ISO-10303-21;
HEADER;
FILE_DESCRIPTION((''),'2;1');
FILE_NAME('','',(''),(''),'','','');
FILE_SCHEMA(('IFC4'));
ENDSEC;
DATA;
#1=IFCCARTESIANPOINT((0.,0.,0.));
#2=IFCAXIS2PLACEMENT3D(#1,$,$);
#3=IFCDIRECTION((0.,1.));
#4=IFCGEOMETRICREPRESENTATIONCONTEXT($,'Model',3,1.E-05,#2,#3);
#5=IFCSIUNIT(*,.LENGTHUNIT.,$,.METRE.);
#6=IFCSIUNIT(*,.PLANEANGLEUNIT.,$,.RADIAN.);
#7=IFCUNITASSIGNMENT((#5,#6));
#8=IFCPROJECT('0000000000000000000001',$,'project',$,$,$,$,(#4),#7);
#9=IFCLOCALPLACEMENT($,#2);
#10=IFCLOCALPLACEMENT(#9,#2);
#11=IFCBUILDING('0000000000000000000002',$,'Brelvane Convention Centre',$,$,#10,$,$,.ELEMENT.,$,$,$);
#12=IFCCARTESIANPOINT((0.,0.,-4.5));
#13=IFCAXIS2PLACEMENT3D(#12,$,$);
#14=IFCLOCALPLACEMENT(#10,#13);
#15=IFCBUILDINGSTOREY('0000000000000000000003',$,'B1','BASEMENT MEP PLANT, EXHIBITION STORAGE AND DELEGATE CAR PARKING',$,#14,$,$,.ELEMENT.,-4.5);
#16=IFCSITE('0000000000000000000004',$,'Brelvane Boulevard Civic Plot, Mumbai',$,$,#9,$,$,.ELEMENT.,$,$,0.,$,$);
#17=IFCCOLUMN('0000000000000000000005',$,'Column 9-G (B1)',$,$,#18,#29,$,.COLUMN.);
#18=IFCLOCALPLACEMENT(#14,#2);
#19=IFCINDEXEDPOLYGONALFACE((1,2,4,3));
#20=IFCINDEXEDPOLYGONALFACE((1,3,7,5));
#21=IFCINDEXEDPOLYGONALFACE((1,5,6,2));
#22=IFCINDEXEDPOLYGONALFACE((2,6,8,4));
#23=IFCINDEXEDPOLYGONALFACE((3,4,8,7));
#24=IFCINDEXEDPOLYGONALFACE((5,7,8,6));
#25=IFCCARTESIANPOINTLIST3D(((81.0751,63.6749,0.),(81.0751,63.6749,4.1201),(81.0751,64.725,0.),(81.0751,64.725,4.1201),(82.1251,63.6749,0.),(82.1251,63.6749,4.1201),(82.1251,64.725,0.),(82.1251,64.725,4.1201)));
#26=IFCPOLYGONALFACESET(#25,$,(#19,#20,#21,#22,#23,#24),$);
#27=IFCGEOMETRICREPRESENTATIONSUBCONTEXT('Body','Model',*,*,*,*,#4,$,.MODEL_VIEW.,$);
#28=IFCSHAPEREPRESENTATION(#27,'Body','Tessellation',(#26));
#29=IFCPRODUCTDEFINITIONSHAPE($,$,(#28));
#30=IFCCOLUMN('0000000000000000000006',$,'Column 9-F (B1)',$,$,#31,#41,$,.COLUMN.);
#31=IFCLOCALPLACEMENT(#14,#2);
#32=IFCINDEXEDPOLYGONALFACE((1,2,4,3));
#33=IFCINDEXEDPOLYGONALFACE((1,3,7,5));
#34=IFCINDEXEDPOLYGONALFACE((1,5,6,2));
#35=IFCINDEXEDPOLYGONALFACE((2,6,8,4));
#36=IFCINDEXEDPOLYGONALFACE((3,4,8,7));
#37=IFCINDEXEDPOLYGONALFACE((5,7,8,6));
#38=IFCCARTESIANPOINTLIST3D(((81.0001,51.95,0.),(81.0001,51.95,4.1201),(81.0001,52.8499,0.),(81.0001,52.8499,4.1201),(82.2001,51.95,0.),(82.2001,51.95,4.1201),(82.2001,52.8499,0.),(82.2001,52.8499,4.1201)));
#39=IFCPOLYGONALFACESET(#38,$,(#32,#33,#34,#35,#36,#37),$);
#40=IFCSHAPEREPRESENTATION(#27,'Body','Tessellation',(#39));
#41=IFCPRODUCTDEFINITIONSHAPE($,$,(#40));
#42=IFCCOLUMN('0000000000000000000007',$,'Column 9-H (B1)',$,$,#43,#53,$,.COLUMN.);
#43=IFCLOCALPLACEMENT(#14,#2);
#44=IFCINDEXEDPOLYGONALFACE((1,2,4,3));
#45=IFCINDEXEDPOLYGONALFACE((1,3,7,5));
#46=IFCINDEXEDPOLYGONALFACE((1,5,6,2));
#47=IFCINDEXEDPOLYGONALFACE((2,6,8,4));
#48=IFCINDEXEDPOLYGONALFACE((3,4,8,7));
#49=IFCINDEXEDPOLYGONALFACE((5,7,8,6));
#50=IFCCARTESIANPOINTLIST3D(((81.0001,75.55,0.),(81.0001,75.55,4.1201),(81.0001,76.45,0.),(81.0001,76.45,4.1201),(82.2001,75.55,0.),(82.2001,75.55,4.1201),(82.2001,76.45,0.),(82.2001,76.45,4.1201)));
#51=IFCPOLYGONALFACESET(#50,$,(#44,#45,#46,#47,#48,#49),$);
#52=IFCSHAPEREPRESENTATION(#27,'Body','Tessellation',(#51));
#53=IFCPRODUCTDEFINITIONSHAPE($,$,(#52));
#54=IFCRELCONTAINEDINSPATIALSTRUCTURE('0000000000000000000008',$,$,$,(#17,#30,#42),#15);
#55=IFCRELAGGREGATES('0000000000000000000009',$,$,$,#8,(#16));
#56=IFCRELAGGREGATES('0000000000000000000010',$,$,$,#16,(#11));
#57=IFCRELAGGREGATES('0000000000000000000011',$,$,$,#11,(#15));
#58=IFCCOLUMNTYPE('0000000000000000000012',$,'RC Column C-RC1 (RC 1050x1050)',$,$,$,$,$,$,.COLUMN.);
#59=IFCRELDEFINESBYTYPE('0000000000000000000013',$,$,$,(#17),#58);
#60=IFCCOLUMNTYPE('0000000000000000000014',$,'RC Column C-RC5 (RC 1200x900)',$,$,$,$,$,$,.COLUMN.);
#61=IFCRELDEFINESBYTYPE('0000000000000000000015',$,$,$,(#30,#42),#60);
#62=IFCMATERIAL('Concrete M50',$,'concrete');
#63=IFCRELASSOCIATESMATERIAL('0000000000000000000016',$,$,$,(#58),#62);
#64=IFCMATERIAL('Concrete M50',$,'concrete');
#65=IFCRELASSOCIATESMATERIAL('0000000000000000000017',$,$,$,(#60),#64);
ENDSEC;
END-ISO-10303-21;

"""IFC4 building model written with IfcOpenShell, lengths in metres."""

from ifc_helpers import new_model, si_unit, direction, frame, origin, origin_2d, place, context, subcontext, project, spatial, rectangle, extrude, material, material_profile, profile_set, type_object, element, save


model = new_model("IFC4")

# Units and contexts
model_context = context("Model", 3, precision=1e-05, world=origin(), true_north=direction((0.0, 1.0)))
body_context = subcontext(model_context, "Body", "Model", "MODEL_VIEW")
ifc_project = project(units=[si_unit("LENGTHUNIT", "METRE"), si_unit("PLANEANGLEUNIT", "RADIAN")], contexts=[model_context])

# Site, building, storey
site_placement = place(None, origin())
site = spatial("IfcSite", under=ifc_project, at=site_placement, Name="Brelvane Boulevard Civic Plot, Mumbai", CompositionType="ELEMENT", RefElevation=0.0)
building_placement = place(site_placement, origin())
building = spatial("IfcBuilding", under=site, at=building_placement, Name="Brelvane Convention Centre", CompositionType="ELEMENT")
storey_placement = place(building_placement, frame((0.0, 0.0, -4.5)))
storey = spatial("IfcBuildingStorey", under=building, at=storey_placement, Name="B1", Description="BASEMENT MEP PLANT, EXHIBITION STORAGE AND DELEGATE CAR PARKING", CompositionType="ELEMENT", Elevation=-4.5)

# Columns
ifc_material_1 = material(Name="Concrete M50", Category="concrete")
ifc_material_profile_1 = material_profile(ifc_material_1, rectangle(XDim=1.05, YDim=1.05, at=origin_2d()), Name="RC 1050x1050")
ifc_profile_set_1 = profile_set([ifc_material_profile_1], Name="Concrete M50")
column_type_1 = type_object("IfcColumnType", Name="RC Column C-RC1 (RC 1050x1050)", PredefinedType="COLUMN", material=ifc_profile_set_1)
column_placement = place(storey_placement, frame((81.6001, 64.2, 0.0), z_axis=(0.0, 0.0, 1.0), x_axis=(1.0, 0.0, 0.0)))
element("IfcColumn", 1, at=column_placement, inside=storey, type_object=column_type_1, Name="Column 9-G (B1)", PredefinedType="COLUMN", context=body_context, shape_type="SweptSolid", body=[
    extrude(rectangle(XDim=1.05, YDim=1.05, at=origin_2d()), origin(), (0.0, 0.0, 1.0), 4.1201),
])
ifc_material_2 = material(Name="Concrete M50", Category="concrete")
ifc_material_profile_2 = material_profile(ifc_material_2, rectangle(XDim=1.2, YDim=0.8999, at=origin_2d()), Name="RC 1200x900")
ifc_profile_set_2 = profile_set([ifc_material_profile_2], Name="Concrete M50")
column_type_2 = type_object("IfcColumnType", Name="RC Column C-RC5 (RC 1200x900)", PredefinedType="COLUMN", material=ifc_profile_set_2)
for number, where, z_axis, x_axis, name in (
    (2, (81.6001, 52.3999, 0.0), (0.0, 0.0, 1.0), (1.0, 0.0, 0.0), "Column 9-F (B1)"),
    (3, (81.6001, 76.0, 0.0), (0.0, 0.0, 1.0), (1.0, 0.0, 0.0), "Column 9-H (B1)"),
):
    element("IfcColumn", number, at=place(storey_placement, frame(where, z_axis=z_axis, x_axis=x_axis)), inside=storey, type_object=column_type_2, Name=name, PredefinedType="COLUMN", context=body_context, shape_type="SweptSolid", body=[
        extrude(rectangle(XDim=1.2, YDim=0.8999, at=origin_2d()), origin(), (0.0, 0.0, 1.0), 4.1201),
    ])

save(model, "model.ifc")
